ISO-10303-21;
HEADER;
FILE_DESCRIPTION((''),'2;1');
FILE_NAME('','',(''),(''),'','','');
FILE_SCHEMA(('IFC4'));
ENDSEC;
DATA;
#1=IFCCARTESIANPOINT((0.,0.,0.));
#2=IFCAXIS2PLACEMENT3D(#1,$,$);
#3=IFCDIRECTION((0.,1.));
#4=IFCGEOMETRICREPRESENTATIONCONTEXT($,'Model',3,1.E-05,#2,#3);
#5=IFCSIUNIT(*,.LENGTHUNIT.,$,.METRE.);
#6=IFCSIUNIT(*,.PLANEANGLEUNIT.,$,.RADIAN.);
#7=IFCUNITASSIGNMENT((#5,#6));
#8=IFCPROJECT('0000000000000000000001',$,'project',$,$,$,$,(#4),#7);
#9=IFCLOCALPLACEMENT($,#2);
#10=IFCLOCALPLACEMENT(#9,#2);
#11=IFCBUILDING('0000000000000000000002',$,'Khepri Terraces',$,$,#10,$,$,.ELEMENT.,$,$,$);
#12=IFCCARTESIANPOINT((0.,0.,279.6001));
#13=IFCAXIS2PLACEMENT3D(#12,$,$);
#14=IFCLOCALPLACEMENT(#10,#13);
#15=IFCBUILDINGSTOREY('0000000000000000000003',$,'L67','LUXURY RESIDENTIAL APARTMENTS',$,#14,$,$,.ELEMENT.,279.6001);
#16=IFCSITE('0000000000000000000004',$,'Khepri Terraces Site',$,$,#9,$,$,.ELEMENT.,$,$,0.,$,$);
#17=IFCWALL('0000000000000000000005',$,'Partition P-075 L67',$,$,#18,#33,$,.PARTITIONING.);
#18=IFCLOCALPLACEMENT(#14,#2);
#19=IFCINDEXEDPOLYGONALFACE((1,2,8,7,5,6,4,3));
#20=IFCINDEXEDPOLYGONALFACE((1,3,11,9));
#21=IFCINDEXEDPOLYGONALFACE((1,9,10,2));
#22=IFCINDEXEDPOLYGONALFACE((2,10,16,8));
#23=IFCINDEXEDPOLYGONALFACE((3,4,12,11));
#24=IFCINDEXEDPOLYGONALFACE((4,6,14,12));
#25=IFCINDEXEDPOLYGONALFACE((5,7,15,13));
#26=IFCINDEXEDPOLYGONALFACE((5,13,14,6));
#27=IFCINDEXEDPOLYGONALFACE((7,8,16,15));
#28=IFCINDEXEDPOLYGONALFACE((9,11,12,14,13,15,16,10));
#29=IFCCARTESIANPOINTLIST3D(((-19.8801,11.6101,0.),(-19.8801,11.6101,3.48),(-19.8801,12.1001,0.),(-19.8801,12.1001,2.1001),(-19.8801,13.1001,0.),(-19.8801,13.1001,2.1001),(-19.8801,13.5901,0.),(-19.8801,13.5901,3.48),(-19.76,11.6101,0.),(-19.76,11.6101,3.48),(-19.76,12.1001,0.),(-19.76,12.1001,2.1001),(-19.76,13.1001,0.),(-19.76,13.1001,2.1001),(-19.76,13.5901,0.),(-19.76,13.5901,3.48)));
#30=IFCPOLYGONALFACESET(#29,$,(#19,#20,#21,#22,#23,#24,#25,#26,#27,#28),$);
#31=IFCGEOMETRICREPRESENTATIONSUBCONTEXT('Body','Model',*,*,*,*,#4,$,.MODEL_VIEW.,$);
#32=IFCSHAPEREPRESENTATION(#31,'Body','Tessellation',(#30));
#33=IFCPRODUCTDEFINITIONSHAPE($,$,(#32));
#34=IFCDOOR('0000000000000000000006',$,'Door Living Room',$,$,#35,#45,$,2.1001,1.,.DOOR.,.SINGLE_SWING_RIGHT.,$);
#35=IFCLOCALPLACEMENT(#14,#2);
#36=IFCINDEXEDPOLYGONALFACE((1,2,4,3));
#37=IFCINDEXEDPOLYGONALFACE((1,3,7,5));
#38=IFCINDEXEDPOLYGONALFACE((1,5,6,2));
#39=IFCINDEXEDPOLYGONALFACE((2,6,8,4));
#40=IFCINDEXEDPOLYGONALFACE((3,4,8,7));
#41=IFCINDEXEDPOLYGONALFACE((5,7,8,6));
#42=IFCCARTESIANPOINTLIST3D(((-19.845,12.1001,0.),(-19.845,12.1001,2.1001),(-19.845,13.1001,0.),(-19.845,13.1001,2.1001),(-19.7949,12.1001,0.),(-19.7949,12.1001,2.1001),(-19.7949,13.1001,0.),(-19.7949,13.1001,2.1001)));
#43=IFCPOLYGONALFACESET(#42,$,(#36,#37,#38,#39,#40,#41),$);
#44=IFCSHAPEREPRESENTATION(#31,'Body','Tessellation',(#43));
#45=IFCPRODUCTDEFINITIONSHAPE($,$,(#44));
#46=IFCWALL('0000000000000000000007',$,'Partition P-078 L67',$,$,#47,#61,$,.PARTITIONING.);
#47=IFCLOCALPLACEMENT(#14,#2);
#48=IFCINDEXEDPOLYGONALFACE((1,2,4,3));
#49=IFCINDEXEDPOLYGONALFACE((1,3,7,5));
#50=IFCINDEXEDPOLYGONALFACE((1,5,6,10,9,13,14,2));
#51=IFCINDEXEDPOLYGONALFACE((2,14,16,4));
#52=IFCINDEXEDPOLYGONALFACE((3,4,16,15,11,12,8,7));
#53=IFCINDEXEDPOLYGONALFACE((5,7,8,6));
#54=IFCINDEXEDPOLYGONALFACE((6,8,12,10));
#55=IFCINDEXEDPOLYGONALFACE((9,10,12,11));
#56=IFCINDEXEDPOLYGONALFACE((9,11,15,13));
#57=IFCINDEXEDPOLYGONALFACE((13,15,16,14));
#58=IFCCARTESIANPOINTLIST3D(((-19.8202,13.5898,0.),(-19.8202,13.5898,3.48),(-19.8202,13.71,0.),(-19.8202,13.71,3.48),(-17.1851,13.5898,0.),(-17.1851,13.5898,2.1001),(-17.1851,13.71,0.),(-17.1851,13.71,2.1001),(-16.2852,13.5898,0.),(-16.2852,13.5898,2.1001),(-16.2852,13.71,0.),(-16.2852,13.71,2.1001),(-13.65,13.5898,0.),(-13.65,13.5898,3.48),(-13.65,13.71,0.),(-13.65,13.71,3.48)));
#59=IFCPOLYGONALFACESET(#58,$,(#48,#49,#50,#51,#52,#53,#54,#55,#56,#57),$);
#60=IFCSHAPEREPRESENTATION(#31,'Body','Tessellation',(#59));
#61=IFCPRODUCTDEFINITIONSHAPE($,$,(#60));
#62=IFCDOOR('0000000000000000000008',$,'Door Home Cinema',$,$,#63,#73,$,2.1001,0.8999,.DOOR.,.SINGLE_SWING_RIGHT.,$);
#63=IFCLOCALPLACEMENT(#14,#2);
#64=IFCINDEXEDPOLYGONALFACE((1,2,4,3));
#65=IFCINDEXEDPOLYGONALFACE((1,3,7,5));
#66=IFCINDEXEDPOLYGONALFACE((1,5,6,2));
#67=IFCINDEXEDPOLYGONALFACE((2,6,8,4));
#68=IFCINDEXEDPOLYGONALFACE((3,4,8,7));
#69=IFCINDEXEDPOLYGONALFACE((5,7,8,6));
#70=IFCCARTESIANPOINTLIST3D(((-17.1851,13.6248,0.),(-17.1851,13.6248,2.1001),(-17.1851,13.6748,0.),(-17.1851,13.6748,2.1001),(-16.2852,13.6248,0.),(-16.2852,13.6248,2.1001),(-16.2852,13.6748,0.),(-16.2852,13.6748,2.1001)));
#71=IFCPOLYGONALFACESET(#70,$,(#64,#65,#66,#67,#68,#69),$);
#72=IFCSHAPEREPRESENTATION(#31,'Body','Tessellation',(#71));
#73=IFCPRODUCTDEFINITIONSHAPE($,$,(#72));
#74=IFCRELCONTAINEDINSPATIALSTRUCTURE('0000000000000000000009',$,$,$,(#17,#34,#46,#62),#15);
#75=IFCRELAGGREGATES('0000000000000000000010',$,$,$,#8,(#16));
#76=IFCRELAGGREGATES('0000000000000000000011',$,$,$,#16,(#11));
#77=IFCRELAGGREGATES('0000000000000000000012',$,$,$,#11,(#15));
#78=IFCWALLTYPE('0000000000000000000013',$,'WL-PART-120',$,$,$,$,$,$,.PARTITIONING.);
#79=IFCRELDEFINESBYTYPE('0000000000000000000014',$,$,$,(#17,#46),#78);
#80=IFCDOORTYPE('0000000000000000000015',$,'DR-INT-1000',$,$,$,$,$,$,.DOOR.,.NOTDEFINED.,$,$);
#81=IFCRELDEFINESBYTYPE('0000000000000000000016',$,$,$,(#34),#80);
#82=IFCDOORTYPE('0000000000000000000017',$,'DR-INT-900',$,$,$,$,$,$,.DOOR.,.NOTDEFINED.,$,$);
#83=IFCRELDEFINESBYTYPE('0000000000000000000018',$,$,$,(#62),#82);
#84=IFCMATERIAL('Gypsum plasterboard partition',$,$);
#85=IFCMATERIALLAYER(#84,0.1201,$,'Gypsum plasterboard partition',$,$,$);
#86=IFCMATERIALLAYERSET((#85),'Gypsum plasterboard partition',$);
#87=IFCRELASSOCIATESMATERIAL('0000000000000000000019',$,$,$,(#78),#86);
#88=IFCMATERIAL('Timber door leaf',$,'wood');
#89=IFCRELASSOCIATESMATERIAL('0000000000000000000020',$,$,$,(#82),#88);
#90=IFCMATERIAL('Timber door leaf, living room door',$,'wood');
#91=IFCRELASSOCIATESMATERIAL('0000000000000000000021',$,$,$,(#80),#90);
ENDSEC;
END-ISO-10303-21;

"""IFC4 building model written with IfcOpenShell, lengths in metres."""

from ifc_helpers import new_model, si_unit, direction, frame, frame_2d, origin, place, context, subcontext, project, spatial, rectangle, extrude, material, layer, layer_set, type_object, element, fill, save


model = new_model("IFC4")

# Units and contexts
model_context = context("Model", 3, precision=1e-05, world=origin(), true_north=direction((0.0, 1.0)))
body_context = subcontext(model_context, "Body", "Model", "MODEL_VIEW")
ifc_project = project(units=[si_unit("LENGTHUNIT", "METRE"), si_unit("PLANEANGLEUNIT", "RADIAN")], contexts=[model_context])

# Site, building, storey
site_placement = place(None, origin())
site = spatial("IfcSite", under=ifc_project, at=site_placement, Name="Khepri Terraces Site", CompositionType="ELEMENT", RefElevation=0.0)
building_placement = place(site_placement, origin())
building = spatial("IfcBuilding", under=site, at=building_placement, Name="Khepri Terraces", CompositionType="ELEMENT")
storey_placement = place(building_placement, frame((0.0, 0.0, 279.6001)))
storey = spatial("IfcBuildingStorey", under=building, at=storey_placement, Name="L67", Description="LUXURY RESIDENTIAL APARTMENTS", CompositionType="ELEMENT", Elevation=279.6001)

# Shared definitions
ifc_material_1 = material(Name="Gypsum plasterboard partition")
ifc_layer_1 = layer(ifc_material_1, 0.1201, Name="Gypsum plasterboard partition")
ifc_layer_set_1 = layer_set([ifc_layer_1], Name="Gypsum plasterboard partition")
wall_type_1 = type_object("IfcWallType", Name="WL-PART-120", PredefinedType="PARTITIONING", material=ifc_layer_set_1)

# Shared definitions
ifc_material_2 = material(Name="Timber door leaf", Category="wood")
door_type_1 = type_object("IfcDoorType", Name="DR-INT-900", OperationType="NOTDEFINED", PredefinedType="DOOR", material=ifc_material_2)

# Walls, openings, doors
wall_1_placement = place(storey_placement, frame((-19.8201, 11.6101, 0.0), z_axis=(0.0, 0.0, 1.0), x_axis=(0.0, 1.0, 0.0)))
wall_1 = element("IfcWall", 1, at=wall_1_placement, inside=storey, type_object=wall_type_1, Name="Partition P-075 L67", PredefinedType="PARTITIONING", context=body_context, shape_type="SweptSolid", body=[
    extrude(rectangle(XDim=1.98, YDim=0.1201, at=frame_2d((0.99, 0.0))), origin(), (0.0, 0.0, 1.0), 3.48),
])
opening_1_placement = place(wall_1_placement, frame((0.49, 0.0, 0.0)))
opening_1 = element("IfcOpeningElement", 2, at=opening_1_placement, cuts=wall_1, PredefinedType="OPENING", context=body_context, shape_type="SweptSolid", body=[
    extrude(rectangle(XDim=1.0, YDim=2.1001, at=frame_2d((0.5, 1.05))), frame((0.0, 0.0701, 0.0), z_axis=(0.0, -1.0, 0.0), x_axis=(1.0, 0.0, 0.0)), (0.0, 0.0, 1.0), 0.1401),
])
ifc_material_3 = material(Name="Timber door leaf, living room door", Category="wood")
door_type_2 = type_object("IfcDoorType", Name="DR-INT-1000", OperationType="NOTDEFINED", PredefinedType="DOOR", material=ifc_material_3)
door_1_placement = place(opening_1_placement, origin())
door_1 = element("IfcDoor", 3, at=door_1_placement, inside=storey, type_object=door_type_2, Name="Door Living Room", OperationType="SINGLE_SWING_RIGHT", OverallHeight=2.1001, OverallWidth=1.0, PredefinedType="DOOR", context=body_context, shape_type="SweptSolid", body=[
    extrude(rectangle(XDim=1.0, YDim=2.1001, at=frame_2d((0.5, 1.05))), frame((0.0, 0.0249, 0.0), z_axis=(0.0, -1.0, 0.0), x_axis=(1.0, 0.0, 0.0)), (0.0, 0.0, 1.0), 0.05),
])
fill(opening_1, door_1)
wall_2_placement = place(storey_placement, frame((-19.8201, 13.6499, 0.0), z_axis=(0.0, 0.0, 1.0), x_axis=(1.0, 0.0, 0.0)))
wall_2 = element("IfcWall", 4, at=wall_2_placement, inside=storey, type_object=wall_type_1, Name="Partition P-078 L67", PredefinedType="PARTITIONING", context=body_context, shape_type="SweptSolid", body=[
    extrude(rectangle(XDim=6.1702, YDim=0.1201, at=frame_2d((3.085, 0.0))), origin(), (0.0, 0.0, 1.0), 3.48),
])
opening_2_placement = place(wall_2_placement, frame((2.635, 0.0, 0.0)))
opening_2 = element("IfcOpeningElement", 5, at=opening_2_placement, cuts=wall_2, PredefinedType="OPENING", context=body_context, shape_type="SweptSolid", body=[
    extrude(rectangle(XDim=0.8999, YDim=2.1001, at=frame_2d((0.45, 1.05))), frame((0.0, 0.0701, 0.0), z_axis=(0.0, -1.0, 0.0), x_axis=(1.0, 0.0, 0.0)), (0.0, 0.0, 1.0), 0.1401),
])
door_2_placement = place(opening_2_placement, origin())
door_2 = element("IfcDoor", 6, at=door_2_placement, inside=storey, type_object=door_type_1, Name="Door Home Cinema", OperationType="SINGLE_SWING_RIGHT", OverallHeight=2.1001, OverallWidth=0.8999, PredefinedType="DOOR", context=body_context, shape_type="SweptSolid", body=[
    extrude(rectangle(XDim=0.8999, YDim=2.1001, at=frame_2d((0.45, 1.05))), frame((0.0, 0.0249, 0.0), z_axis=(0.0, -1.0, 0.0), x_axis=(1.0, 0.0, 0.0)), (0.0, 0.0, 1.0), 0.05),
])
fill(opening_2, door_2)

save(model, "model.ifc")
